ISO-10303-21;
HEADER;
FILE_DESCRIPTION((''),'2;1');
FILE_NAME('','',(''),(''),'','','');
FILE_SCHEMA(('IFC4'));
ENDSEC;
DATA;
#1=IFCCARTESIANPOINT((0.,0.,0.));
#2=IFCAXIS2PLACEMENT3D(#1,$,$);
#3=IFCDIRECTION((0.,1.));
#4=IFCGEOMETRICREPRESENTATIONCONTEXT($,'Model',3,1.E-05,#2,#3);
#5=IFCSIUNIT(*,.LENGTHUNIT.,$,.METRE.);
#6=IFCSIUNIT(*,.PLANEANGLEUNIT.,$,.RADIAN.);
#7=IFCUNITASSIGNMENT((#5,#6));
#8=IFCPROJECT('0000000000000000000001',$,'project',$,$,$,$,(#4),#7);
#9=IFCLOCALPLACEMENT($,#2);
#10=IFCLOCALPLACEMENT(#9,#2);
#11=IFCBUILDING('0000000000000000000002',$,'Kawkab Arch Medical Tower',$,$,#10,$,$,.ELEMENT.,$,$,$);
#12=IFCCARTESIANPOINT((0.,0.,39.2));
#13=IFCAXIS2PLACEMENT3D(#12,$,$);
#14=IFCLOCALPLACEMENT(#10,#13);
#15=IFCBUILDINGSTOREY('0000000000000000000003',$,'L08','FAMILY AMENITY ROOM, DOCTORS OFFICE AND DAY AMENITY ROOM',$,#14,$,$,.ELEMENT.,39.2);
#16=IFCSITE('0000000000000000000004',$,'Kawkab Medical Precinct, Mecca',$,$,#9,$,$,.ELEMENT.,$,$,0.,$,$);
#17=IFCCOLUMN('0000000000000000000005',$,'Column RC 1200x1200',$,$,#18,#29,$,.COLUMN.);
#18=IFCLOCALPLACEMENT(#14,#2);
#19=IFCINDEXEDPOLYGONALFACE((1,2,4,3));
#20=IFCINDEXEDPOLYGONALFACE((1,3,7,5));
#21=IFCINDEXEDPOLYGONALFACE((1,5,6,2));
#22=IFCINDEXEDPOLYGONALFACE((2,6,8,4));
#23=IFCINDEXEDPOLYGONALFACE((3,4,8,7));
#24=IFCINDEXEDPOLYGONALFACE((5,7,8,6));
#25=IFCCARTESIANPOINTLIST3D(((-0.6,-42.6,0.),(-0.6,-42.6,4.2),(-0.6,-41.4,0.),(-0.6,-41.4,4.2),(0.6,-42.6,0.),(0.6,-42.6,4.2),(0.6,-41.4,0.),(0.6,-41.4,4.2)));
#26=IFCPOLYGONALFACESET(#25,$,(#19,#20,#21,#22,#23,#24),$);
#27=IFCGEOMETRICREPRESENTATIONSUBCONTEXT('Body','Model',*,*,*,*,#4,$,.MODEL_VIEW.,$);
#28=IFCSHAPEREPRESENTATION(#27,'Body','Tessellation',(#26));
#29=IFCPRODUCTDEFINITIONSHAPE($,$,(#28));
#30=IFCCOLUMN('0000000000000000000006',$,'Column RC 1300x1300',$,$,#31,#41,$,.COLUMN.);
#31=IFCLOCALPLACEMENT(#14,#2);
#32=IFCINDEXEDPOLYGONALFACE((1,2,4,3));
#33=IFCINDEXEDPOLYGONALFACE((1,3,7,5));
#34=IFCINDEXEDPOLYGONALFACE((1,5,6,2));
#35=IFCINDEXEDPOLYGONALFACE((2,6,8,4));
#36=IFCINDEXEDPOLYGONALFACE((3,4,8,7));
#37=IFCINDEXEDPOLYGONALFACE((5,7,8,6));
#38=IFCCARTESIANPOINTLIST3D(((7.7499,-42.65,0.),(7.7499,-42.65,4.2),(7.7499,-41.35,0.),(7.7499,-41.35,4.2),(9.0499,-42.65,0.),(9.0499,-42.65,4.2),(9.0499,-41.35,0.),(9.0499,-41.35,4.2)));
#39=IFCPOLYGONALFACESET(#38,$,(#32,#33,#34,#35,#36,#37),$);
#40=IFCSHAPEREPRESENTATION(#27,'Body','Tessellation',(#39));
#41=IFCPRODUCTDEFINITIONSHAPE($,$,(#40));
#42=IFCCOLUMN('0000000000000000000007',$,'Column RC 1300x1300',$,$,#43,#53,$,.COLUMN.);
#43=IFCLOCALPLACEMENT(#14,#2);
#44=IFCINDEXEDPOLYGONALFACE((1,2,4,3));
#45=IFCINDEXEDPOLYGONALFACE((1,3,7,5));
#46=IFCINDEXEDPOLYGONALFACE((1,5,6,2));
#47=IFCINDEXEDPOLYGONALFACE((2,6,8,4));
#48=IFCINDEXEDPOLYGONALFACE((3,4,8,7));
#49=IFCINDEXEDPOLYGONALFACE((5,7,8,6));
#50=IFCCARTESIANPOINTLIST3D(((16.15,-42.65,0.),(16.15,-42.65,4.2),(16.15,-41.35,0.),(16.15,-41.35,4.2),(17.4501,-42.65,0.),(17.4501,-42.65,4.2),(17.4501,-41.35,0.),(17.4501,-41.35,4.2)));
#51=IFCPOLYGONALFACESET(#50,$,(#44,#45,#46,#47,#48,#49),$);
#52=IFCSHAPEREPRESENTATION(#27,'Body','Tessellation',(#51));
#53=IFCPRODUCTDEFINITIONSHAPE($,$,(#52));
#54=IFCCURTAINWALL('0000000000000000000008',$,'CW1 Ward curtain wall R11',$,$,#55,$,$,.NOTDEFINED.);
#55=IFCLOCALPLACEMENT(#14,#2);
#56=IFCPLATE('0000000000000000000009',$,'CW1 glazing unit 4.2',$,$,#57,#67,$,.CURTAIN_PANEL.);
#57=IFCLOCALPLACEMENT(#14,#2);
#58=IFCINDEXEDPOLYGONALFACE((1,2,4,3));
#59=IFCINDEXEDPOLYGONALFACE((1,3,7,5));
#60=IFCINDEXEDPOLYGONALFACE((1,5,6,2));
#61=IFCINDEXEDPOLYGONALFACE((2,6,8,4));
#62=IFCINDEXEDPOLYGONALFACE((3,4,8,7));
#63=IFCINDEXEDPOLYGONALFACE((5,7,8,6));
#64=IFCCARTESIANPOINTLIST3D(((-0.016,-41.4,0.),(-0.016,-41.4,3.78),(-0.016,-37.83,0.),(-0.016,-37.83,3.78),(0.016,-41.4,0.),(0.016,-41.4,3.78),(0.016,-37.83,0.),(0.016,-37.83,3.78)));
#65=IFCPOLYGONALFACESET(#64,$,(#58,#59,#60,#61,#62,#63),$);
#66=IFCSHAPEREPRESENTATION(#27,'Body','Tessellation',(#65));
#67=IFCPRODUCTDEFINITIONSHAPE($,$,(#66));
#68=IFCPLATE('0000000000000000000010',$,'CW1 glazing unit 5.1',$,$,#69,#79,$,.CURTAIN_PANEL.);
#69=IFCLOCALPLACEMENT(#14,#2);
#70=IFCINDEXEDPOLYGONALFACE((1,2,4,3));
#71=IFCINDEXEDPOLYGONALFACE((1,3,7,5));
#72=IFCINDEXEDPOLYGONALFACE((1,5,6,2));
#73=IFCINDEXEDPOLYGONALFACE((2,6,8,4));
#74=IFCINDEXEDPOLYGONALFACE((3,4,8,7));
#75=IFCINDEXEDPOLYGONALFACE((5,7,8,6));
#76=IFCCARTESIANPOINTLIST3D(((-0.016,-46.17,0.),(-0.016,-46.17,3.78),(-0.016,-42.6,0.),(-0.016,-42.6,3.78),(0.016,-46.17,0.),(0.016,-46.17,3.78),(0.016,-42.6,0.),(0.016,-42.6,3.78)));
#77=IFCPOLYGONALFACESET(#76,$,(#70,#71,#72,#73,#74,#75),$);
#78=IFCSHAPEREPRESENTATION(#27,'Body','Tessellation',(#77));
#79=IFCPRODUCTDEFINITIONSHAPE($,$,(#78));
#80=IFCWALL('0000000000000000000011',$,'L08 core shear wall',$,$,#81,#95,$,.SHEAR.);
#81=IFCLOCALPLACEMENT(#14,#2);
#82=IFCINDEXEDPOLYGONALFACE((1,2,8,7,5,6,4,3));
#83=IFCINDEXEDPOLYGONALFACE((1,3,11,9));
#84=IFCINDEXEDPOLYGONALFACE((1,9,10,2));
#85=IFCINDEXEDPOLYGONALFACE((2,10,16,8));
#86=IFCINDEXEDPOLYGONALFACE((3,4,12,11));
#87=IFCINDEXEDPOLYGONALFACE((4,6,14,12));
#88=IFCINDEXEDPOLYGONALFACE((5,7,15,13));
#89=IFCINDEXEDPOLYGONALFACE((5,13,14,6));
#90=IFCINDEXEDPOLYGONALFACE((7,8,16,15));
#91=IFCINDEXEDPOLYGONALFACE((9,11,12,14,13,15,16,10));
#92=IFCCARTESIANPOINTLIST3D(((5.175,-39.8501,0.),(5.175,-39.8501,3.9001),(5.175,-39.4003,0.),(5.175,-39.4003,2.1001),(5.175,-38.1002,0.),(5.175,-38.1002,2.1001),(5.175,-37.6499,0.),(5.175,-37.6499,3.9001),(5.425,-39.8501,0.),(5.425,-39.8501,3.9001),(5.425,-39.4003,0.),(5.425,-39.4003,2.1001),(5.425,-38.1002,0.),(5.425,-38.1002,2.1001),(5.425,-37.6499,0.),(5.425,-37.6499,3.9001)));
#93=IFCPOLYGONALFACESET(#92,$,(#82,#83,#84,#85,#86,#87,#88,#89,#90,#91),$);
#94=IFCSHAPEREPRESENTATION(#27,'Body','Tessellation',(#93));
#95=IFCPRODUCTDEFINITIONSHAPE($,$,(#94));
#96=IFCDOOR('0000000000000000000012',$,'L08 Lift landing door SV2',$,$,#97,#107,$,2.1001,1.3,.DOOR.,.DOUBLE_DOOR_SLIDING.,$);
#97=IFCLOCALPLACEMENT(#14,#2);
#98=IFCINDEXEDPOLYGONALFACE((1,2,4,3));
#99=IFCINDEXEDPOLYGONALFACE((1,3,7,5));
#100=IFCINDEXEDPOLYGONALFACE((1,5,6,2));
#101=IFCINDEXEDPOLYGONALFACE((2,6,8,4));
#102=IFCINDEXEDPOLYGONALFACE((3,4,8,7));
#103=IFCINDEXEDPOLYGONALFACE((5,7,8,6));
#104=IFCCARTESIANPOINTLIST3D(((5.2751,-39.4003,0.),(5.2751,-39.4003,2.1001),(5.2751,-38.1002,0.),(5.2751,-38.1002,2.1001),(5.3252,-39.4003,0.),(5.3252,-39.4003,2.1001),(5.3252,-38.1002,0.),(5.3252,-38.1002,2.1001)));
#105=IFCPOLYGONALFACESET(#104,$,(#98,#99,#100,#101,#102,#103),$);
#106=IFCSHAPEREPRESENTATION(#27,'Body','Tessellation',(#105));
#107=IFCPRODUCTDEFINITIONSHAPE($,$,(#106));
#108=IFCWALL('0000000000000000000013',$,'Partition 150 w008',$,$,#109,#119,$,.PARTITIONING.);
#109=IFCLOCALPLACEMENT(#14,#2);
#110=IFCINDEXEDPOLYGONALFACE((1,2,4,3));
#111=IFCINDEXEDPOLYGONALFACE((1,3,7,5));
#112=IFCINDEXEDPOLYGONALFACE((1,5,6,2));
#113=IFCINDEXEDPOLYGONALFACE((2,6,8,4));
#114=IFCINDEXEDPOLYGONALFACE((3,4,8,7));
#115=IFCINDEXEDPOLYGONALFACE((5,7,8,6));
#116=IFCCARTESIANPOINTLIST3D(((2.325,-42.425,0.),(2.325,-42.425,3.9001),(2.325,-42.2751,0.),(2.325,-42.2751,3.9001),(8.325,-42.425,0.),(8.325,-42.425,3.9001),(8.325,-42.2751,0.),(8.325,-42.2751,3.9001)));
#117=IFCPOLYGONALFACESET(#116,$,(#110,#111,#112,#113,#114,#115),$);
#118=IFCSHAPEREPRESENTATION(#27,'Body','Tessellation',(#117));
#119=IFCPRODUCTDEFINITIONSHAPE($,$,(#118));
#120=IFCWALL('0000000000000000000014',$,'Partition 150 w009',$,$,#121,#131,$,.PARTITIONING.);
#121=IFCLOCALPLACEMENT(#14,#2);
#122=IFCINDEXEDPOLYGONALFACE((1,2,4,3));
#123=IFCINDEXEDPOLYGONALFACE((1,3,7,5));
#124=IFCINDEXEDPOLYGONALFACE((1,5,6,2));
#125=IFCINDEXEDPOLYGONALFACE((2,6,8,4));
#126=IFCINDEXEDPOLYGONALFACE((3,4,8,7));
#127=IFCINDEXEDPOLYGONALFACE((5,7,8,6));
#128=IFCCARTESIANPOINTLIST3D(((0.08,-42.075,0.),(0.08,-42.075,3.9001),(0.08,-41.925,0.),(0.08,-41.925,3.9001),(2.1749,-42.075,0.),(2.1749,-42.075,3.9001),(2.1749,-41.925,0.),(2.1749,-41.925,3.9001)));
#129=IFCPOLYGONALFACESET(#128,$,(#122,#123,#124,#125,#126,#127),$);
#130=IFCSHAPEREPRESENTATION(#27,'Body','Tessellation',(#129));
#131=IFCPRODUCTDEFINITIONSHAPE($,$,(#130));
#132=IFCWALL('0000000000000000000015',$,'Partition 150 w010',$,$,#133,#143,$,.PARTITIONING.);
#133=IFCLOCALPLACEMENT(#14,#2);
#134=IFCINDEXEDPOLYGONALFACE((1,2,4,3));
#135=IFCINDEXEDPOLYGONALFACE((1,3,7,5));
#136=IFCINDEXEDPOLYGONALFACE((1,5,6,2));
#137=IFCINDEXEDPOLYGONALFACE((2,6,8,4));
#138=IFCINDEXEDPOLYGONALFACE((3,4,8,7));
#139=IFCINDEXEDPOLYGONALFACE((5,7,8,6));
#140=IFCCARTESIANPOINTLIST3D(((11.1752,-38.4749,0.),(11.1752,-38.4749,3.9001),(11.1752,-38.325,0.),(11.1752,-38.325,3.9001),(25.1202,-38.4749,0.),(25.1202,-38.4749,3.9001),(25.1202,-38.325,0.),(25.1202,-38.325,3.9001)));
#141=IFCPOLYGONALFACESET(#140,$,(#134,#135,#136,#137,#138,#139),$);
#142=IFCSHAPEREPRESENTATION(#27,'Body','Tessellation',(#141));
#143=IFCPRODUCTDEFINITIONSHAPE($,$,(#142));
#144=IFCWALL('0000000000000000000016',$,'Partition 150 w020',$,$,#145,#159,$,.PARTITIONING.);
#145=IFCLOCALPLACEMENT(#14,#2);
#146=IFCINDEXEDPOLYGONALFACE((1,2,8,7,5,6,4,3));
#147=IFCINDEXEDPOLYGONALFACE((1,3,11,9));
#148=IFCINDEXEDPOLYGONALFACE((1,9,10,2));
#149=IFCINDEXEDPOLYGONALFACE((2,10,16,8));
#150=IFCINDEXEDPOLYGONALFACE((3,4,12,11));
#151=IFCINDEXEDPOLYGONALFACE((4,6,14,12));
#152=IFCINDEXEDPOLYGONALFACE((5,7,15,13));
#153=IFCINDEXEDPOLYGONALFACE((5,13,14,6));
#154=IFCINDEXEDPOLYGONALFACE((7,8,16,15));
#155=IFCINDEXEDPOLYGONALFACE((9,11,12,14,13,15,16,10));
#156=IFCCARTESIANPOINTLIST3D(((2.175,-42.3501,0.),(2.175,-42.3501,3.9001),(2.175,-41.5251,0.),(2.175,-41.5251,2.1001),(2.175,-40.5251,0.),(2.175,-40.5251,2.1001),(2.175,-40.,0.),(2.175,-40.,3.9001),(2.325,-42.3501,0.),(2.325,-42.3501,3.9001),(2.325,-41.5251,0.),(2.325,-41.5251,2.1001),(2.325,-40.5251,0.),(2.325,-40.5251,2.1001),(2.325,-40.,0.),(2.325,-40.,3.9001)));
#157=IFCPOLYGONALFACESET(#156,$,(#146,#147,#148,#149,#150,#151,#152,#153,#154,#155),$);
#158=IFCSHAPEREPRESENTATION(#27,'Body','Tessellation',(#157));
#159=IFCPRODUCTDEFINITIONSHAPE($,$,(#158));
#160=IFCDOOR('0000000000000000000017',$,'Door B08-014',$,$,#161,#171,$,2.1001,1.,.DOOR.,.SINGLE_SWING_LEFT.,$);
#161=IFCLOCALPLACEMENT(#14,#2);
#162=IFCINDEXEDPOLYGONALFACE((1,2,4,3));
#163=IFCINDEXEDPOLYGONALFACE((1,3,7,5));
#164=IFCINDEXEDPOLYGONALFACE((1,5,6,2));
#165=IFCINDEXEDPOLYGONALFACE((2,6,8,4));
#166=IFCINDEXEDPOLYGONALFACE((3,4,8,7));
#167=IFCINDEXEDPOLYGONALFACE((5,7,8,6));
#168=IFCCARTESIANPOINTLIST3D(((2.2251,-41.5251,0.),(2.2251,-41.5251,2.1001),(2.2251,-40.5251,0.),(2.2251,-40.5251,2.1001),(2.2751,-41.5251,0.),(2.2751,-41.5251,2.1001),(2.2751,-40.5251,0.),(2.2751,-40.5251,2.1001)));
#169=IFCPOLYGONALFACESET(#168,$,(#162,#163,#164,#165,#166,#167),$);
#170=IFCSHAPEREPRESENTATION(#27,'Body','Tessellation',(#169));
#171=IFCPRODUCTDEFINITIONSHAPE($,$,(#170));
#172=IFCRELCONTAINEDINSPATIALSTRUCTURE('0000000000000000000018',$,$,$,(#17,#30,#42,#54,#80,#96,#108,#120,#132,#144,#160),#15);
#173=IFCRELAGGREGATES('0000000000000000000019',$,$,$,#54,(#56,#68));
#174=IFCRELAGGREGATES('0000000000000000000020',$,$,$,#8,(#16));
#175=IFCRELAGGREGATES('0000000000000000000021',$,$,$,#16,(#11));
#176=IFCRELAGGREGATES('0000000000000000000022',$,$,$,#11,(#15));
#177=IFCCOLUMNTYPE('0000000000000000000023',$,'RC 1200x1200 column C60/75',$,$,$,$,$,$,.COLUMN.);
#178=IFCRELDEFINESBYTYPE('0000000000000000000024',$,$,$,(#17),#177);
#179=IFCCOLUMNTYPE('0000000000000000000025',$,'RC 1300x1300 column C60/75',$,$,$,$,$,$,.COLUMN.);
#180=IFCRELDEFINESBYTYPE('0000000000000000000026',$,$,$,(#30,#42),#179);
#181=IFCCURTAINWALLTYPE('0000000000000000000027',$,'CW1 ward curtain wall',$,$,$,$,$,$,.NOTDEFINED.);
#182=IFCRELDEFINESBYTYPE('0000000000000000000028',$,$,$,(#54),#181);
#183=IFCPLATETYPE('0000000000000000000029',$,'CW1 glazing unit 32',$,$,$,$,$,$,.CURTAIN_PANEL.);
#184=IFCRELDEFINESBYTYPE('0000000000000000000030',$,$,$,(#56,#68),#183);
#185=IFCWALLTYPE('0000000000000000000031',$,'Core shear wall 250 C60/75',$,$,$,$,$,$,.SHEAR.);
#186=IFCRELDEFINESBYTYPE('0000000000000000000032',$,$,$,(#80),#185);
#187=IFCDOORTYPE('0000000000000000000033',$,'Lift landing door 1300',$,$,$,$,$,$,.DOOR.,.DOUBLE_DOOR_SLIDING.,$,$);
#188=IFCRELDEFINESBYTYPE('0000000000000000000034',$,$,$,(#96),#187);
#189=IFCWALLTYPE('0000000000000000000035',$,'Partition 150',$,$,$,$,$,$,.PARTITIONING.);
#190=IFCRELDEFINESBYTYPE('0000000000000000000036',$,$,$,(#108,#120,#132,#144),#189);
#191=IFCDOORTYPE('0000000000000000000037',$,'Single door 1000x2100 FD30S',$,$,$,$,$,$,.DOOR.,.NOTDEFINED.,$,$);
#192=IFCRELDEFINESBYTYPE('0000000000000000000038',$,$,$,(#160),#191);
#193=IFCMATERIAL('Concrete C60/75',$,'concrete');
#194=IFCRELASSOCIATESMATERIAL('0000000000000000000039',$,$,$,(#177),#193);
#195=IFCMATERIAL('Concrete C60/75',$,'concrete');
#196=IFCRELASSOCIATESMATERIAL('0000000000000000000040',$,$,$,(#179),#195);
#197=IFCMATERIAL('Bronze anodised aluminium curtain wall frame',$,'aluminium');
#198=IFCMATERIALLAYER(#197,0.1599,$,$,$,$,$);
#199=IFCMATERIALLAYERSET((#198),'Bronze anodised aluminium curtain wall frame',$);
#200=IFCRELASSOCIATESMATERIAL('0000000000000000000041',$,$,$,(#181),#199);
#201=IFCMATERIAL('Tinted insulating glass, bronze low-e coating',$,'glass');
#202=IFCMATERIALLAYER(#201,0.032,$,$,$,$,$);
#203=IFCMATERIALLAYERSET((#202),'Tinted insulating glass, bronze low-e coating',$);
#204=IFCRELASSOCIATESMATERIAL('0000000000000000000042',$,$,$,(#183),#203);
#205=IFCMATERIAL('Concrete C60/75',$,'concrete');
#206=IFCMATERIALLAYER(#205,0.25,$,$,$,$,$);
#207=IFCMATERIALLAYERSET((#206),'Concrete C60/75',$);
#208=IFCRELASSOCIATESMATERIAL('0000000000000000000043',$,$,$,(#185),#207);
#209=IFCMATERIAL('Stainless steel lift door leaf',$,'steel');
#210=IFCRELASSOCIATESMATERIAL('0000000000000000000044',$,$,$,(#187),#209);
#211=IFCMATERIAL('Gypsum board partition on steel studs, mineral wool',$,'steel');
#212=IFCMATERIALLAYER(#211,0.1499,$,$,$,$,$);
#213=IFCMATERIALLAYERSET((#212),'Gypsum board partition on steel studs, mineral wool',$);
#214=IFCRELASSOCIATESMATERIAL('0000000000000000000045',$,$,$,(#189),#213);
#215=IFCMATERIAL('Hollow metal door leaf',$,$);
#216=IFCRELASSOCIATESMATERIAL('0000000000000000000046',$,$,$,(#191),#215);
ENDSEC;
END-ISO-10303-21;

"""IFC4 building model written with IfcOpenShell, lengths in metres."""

from ifc_helpers import new_model, si_unit, direction, frame, frame_2d, origin, origin_2d, place, context, subcontext, project, spatial, rectangle, extrude, material, layer, layer_set, material_profile, profile_set, type_object, element, fill, aggregate, save


model = new_model("IFC4")

# Units and contexts
model_context = context("Model", 3, precision=1e-05, world=origin(), true_north=direction((0.0, 1.0)))
body_context = subcontext(model_context, "Body", "Model", "MODEL_VIEW")
ifc_project = project(units=[si_unit("LENGTHUNIT", "METRE"), si_unit("PLANEANGLEUNIT", "RADIAN")], contexts=[model_context])

# Site, building, storey
site_placement = place(None, origin())
site = spatial("IfcSite", under=ifc_project, at=site_placement, Name="Kawkab Medical Precinct, Mecca", CompositionType="ELEMENT", RefElevation=0.0)
building_placement = place(site_placement, origin())
building = spatial("IfcBuilding", under=site, at=building_placement, Name="Kawkab Arch Medical Tower", CompositionType="ELEMENT")
storey_placement = place(building_placement, frame((0.0, 0.0, 39.2)))
storey = spatial("IfcBuildingStorey", under=building, at=storey_placement, Name="L08", Description="FAMILY AMENITY ROOM, DOCTORS OFFICE AND DAY AMENITY ROOM", CompositionType="ELEMENT", Elevation=39.2)

# Columns
ifc_material_1 = material(Name="Concrete C60/75", Category="concrete")
ifc_material_profile_1 = material_profile(ifc_material_1, rectangle(XDim=1.2, YDim=1.2, at=origin_2d()), Name="RC 1200x1200")
ifc_profile_set_1 = profile_set([ifc_material_profile_1], Name="Concrete C60/75")
column_type_1 = type_object("IfcColumnType", Name="RC 1200x1200 column C60/75", PredefinedType="COLUMN", material=ifc_profile_set_1)
column_placement = place(storey_placement, frame((0.0, -42.0, 0.0), z_axis=(0.0, 0.0, 1.0), x_axis=(1.0, 0.0, 0.0)))
element("IfcColumn", 1, at=column_placement, inside=storey, type_object=column_type_1, Name="Column RC 1200x1200", PredefinedType="COLUMN", context=body_context, shape_type="SweptSolid", body=[
    extrude(rectangle(XDim=1.2, YDim=1.2, at=origin_2d()), origin(), (0.0, 0.0, 1.0), 4.2),
])
ifc_material_2 = material(Name="Concrete C60/75", Category="concrete")
ifc_material_profile_2 = material_profile(ifc_material_2, rectangle(XDim=1.3, YDim=1.3, at=origin_2d()), Name="RC 1300x1300")
ifc_profile_set_2 = profile_set([ifc_material_profile_2], Name="Concrete C60/75")
column_type_2 = type_object("IfcColumnType", Name="RC 1300x1300 column C60/75", PredefinedType="COLUMN", material=ifc_profile_set_2)
for number, where, z_axis, x_axis, name in (
    (2, (8.3999, -42.0, 0.0), (0.0, 0.0, 1.0), (1.0, 0.0, 0.0), "Column RC 1300x1300"),
    (3, (16.8, -42.0, 0.0), (0.0, 0.0, 1.0), (1.0, 0.0, 0.0), "Column RC 1300x1300"),
):
    element("IfcColumn", number, at=place(storey_placement, frame(where, z_axis=z_axis, x_axis=x_axis)), inside=storey, type_object=column_type_2, Name=name, PredefinedType="COLUMN", context=body_context, shape_type="SweptSolid", body=[
        extrude(rectangle(XDim=1.3, YDim=1.3, at=origin_2d()), origin(), (0.0, 0.0, 1.0), 4.2),
    ])

# Curtain wall, plates
ifc_material_3 = material(Name="Bronze anodised aluminium curtain wall frame", Category="aluminium")
ifc_layer_1 = layer(ifc_material_3, 0.1599)
ifc_layer_set_1 = layer_set([ifc_layer_1], Name="Bronze anodised aluminium curtain wall frame")
curtain_wall_type = type_object("IfcCurtainWallType", Name="CW1 ward curtain wall", PredefinedType="NOTDEFINED", material=ifc_layer_set_1)
curtain_wall_placement = place(storey_placement, origin())
curtain_wall = element("IfcCurtainWall", 4, at=curtain_wall_placement, inside=storey, type_object=curtain_wall_type, Name="CW1 Ward curtain wall R11", PredefinedType="NOTDEFINED")
ifc_material_4 = material(Name="Tinted insulating glass, bronze low-e coating", Category="glass")
ifc_layer_2 = layer(ifc_material_4, 0.032)
ifc_layer_set_2 = layer_set([ifc_layer_2], Name="Tinted insulating glass, bronze low-e coating")
plate_type = type_object("IfcPlateType", Name="CW1 glazing unit 32", PredefinedType="CURTAIN_PANEL", material=ifc_layer_set_2)
plate_1_placement = place(storey_placement, frame((0.0, -39.615, 0.0), z_axis=(0.0, 0.0, 1.0), x_axis=(0.0, -1.0, 0.0)))
plate_1 = element("IfcPlate", 5, at=plate_1_placement, type_object=plate_type, Name="CW1 glazing unit 4.2", PredefinedType="CURTAIN_PANEL", context=body_context, shape_type="SweptSolid", body=[
    extrude(rectangle(XDim=3.5701, YDim=0.032, at=origin_2d()), origin(), (0.0, 0.0, 1.0), 3.78),
])
plate_2_placement = place(storey_placement, frame((0.0, -44.385, 0.0), z_axis=(0.0, 0.0, 1.0), x_axis=(0.0, -1.0, 0.0)))
plate_2 = element("IfcPlate", 6, at=plate_2_placement, type_object=plate_type, Name="CW1 glazing unit 5.1", PredefinedType="CURTAIN_PANEL", context=body_context, shape_type="SweptSolid", body=[
    extrude(rectangle(XDim=3.5701, YDim=0.032, at=origin_2d()), origin(), (0.0, 0.0, 1.0), 3.78),
])
aggregate(curtain_wall, [plate_1, plate_2])

# Wall, opening, door
ifc_material_5 = material(Name="Concrete C60/75", Category="concrete")
ifc_layer_3 = layer(ifc_material_5, 0.25)
ifc_layer_set_3 = layer_set([ifc_layer_3], Name="Concrete C60/75")
wall_type_1 = type_object("IfcWallType", Name="Core shear wall 250 C60/75", PredefinedType="SHEAR", material=ifc_layer_set_3)
wall_1_placement = place(storey_placement, frame((5.3, -39.8501, 0.0), z_axis=(0.0, 0.0, 1.0), x_axis=(0.0, 1.0, 0.0)))
wall_1 = element("IfcWall", 7, at=wall_1_placement, inside=storey, type_object=wall_type_1, Name="L08 core shear wall", PredefinedType="SHEAR", context=body_context, shape_type="SweptSolid", body=[
    extrude(rectangle(XDim=2.2002, YDim=0.25, at=frame_2d((1.1001, 0.0))), origin(), (0.0, 0.0, 1.0), 3.9001),
])
opening_1_placement = place(wall_1_placement, frame((0.45, 0.0, 0.0)))
opening_1 = element("IfcOpeningElement", 8, at=opening_1_placement, cuts=wall_1, PredefinedType="OPENING", context=body_context, shape_type="SweptSolid", body=[
    extrude(rectangle(XDim=1.3, YDim=2.1001, at=frame_2d((0.6499, 1.05))), frame((0.0, 0.135, 0.0), z_axis=(0.0, -1.0, 0.0), x_axis=(1.0, 0.0, 0.0)), (0.0, 0.0, 1.0), 0.27),
])
ifc_material_6 = material(Name="Stainless steel lift door leaf", Category="steel")
door_type_1 = type_object("IfcDoorType", Name="Lift landing door 1300", OperationType="DOUBLE_DOOR_SLIDING", PredefinedType="DOOR", material=ifc_material_6)
door_1_placement = place(opening_1_placement, origin())
door_1 = element("IfcDoor", 9, at=door_1_placement, inside=storey, type_object=door_type_1, Name="L08 Lift landing door SV2", OperationType="DOUBLE_DOOR_SLIDING", OverallHeight=2.1001, OverallWidth=1.3, PredefinedType="DOOR", context=body_context, shape_type="SweptSolid", body=[
    extrude(rectangle(XDim=1.3, YDim=2.1001, at=frame_2d((0.6499, 1.05))), frame((0.0, 0.0249, 0.0), z_axis=(0.0, -1.0, 0.0), x_axis=(1.0, 0.0, 0.0)), (0.0, 0.0, 1.0), 0.05),
])
fill(opening_1, door_1)

# Walls
ifc_material_7 = material(Name="Gypsum board partition on steel studs, mineral wool", Category="steel")
ifc_layer_4 = layer(ifc_material_7, 0.1499)
ifc_layer_set_4 = layer_set([ifc_layer_4], Name="Gypsum board partition on steel studs, mineral wool")
wall_type_2 = type_object("IfcWallType", Name="Partition 150", PredefinedType="PARTITIONING", material=ifc_layer_set_4)
wall_2_placement = place(storey_placement, frame((2.325, -42.3501, 0.0), z_axis=(0.0, 0.0, 1.0), x_axis=(1.0, 0.0, 0.0)))
element("IfcWall", 10, at=wall_2_placement, inside=storey, type_object=wall_type_2, Name="Partition 150 w008", PredefinedType="PARTITIONING", context=body_context, shape_type="SweptSolid", body=[
    extrude(rectangle(XDim=6.0, YDim=0.1499, at=frame_2d((3.0, 0.0))), origin(), (0.0, 0.0, 1.0), 3.9001),
])
wall_3_placement = place(storey_placement, frame((0.0801, -42.0, 0.0), z_axis=(0.0, 0.0, 1.0), x_axis=(1.0, 0.0, 0.0)))
element("IfcWall", 11, at=wall_3_placement, inside=storey, type_object=wall_type_2, Name="Partition 150 w009", PredefinedType="PARTITIONING", context=body_context, shape_type="SweptSolid", body=[
    extrude(rectangle(XDim=2.095, YDim=0.1499, at=frame_2d((1.0474, 0.0))), origin(), (0.0, 0.0, 1.0), 3.9001),
])
wall_4_placement = place(storey_placement, frame((11.175, -38.3999, 0.0), z_axis=(0.0, 0.0, 1.0), x_axis=(1.0, 0.0, 0.0)))
element("IfcWall", 12, at=wall_4_placement, inside=storey, type_object=wall_type_2, Name="Partition 150 w010", PredefinedType="PARTITIONING", context=body_context, shape_type="SweptSolid", body=[
    extrude(rectangle(XDim=13.9451, YDim=0.1499, at=frame_2d((6.9727, 0.0))), origin(), (0.0, 0.0, 1.0), 3.9001),
])

# Wall, opening, door
wall_5_placement = place(storey_placement, frame((2.25, -42.3501, 0.0), z_axis=(0.0, 0.0, 1.0), x_axis=(0.0, 1.0, 0.0)))
wall_5 = element("IfcWall", 13, at=wall_5_placement, inside=storey, type_object=wall_type_2, Name="Partition 150 w020", PredefinedType="PARTITIONING", context=body_context, shape_type="SweptSolid", body=[
    extrude(rectangle(XDim=2.3501, YDim=0.1499, at=frame_2d((1.175, 0.0))), origin(), (0.0, 0.0, 1.0), 3.9001),
])
opening_2_placement = place(wall_5_placement, frame((0.825, 0.0, 0.0)))
opening_2 = element("IfcOpeningElement", 14, at=opening_2_placement, cuts=wall_5, PredefinedType="OPENING", context=body_context, shape_type="SweptSolid", body=[
    extrude(rectangle(XDim=1.0, YDim=2.1001, at=frame_2d((0.5, 1.05))), frame((0.0, 0.085, 0.0), z_axis=(0.0, -1.0, 0.0), x_axis=(1.0, 0.0, 0.0)), (0.0, 0.0, 1.0), 0.1699),
])
ifc_material_8 = material(Name="Hollow metal door leaf")
door_type_2 = type_object("IfcDoorType", Name="Single door 1000x2100 FD30S", OperationType="NOTDEFINED", PredefinedType="DOOR", material=ifc_material_8)
door_2_placement = place(opening_2_placement, origin())
door_2 = element("IfcDoor", 15, at=door_2_placement, inside=storey, type_object=door_type_2, Name="Door B08-014", OperationType="SINGLE_SWING_LEFT", OverallHeight=2.1001, OverallWidth=1.0, PredefinedType="DOOR", context=body_context, shape_type="SweptSolid", body=[
    extrude(rectangle(XDim=1.0, YDim=2.1001, at=frame_2d((0.5, 1.05))), frame((0.0, 0.0249, 0.0), z_axis=(0.0, -1.0, 0.0), x_axis=(1.0, 0.0, 0.0)), (0.0, 0.0, 1.0), 0.05),
])
fill(opening_2, door_2)

save(model, "model.ifc")
